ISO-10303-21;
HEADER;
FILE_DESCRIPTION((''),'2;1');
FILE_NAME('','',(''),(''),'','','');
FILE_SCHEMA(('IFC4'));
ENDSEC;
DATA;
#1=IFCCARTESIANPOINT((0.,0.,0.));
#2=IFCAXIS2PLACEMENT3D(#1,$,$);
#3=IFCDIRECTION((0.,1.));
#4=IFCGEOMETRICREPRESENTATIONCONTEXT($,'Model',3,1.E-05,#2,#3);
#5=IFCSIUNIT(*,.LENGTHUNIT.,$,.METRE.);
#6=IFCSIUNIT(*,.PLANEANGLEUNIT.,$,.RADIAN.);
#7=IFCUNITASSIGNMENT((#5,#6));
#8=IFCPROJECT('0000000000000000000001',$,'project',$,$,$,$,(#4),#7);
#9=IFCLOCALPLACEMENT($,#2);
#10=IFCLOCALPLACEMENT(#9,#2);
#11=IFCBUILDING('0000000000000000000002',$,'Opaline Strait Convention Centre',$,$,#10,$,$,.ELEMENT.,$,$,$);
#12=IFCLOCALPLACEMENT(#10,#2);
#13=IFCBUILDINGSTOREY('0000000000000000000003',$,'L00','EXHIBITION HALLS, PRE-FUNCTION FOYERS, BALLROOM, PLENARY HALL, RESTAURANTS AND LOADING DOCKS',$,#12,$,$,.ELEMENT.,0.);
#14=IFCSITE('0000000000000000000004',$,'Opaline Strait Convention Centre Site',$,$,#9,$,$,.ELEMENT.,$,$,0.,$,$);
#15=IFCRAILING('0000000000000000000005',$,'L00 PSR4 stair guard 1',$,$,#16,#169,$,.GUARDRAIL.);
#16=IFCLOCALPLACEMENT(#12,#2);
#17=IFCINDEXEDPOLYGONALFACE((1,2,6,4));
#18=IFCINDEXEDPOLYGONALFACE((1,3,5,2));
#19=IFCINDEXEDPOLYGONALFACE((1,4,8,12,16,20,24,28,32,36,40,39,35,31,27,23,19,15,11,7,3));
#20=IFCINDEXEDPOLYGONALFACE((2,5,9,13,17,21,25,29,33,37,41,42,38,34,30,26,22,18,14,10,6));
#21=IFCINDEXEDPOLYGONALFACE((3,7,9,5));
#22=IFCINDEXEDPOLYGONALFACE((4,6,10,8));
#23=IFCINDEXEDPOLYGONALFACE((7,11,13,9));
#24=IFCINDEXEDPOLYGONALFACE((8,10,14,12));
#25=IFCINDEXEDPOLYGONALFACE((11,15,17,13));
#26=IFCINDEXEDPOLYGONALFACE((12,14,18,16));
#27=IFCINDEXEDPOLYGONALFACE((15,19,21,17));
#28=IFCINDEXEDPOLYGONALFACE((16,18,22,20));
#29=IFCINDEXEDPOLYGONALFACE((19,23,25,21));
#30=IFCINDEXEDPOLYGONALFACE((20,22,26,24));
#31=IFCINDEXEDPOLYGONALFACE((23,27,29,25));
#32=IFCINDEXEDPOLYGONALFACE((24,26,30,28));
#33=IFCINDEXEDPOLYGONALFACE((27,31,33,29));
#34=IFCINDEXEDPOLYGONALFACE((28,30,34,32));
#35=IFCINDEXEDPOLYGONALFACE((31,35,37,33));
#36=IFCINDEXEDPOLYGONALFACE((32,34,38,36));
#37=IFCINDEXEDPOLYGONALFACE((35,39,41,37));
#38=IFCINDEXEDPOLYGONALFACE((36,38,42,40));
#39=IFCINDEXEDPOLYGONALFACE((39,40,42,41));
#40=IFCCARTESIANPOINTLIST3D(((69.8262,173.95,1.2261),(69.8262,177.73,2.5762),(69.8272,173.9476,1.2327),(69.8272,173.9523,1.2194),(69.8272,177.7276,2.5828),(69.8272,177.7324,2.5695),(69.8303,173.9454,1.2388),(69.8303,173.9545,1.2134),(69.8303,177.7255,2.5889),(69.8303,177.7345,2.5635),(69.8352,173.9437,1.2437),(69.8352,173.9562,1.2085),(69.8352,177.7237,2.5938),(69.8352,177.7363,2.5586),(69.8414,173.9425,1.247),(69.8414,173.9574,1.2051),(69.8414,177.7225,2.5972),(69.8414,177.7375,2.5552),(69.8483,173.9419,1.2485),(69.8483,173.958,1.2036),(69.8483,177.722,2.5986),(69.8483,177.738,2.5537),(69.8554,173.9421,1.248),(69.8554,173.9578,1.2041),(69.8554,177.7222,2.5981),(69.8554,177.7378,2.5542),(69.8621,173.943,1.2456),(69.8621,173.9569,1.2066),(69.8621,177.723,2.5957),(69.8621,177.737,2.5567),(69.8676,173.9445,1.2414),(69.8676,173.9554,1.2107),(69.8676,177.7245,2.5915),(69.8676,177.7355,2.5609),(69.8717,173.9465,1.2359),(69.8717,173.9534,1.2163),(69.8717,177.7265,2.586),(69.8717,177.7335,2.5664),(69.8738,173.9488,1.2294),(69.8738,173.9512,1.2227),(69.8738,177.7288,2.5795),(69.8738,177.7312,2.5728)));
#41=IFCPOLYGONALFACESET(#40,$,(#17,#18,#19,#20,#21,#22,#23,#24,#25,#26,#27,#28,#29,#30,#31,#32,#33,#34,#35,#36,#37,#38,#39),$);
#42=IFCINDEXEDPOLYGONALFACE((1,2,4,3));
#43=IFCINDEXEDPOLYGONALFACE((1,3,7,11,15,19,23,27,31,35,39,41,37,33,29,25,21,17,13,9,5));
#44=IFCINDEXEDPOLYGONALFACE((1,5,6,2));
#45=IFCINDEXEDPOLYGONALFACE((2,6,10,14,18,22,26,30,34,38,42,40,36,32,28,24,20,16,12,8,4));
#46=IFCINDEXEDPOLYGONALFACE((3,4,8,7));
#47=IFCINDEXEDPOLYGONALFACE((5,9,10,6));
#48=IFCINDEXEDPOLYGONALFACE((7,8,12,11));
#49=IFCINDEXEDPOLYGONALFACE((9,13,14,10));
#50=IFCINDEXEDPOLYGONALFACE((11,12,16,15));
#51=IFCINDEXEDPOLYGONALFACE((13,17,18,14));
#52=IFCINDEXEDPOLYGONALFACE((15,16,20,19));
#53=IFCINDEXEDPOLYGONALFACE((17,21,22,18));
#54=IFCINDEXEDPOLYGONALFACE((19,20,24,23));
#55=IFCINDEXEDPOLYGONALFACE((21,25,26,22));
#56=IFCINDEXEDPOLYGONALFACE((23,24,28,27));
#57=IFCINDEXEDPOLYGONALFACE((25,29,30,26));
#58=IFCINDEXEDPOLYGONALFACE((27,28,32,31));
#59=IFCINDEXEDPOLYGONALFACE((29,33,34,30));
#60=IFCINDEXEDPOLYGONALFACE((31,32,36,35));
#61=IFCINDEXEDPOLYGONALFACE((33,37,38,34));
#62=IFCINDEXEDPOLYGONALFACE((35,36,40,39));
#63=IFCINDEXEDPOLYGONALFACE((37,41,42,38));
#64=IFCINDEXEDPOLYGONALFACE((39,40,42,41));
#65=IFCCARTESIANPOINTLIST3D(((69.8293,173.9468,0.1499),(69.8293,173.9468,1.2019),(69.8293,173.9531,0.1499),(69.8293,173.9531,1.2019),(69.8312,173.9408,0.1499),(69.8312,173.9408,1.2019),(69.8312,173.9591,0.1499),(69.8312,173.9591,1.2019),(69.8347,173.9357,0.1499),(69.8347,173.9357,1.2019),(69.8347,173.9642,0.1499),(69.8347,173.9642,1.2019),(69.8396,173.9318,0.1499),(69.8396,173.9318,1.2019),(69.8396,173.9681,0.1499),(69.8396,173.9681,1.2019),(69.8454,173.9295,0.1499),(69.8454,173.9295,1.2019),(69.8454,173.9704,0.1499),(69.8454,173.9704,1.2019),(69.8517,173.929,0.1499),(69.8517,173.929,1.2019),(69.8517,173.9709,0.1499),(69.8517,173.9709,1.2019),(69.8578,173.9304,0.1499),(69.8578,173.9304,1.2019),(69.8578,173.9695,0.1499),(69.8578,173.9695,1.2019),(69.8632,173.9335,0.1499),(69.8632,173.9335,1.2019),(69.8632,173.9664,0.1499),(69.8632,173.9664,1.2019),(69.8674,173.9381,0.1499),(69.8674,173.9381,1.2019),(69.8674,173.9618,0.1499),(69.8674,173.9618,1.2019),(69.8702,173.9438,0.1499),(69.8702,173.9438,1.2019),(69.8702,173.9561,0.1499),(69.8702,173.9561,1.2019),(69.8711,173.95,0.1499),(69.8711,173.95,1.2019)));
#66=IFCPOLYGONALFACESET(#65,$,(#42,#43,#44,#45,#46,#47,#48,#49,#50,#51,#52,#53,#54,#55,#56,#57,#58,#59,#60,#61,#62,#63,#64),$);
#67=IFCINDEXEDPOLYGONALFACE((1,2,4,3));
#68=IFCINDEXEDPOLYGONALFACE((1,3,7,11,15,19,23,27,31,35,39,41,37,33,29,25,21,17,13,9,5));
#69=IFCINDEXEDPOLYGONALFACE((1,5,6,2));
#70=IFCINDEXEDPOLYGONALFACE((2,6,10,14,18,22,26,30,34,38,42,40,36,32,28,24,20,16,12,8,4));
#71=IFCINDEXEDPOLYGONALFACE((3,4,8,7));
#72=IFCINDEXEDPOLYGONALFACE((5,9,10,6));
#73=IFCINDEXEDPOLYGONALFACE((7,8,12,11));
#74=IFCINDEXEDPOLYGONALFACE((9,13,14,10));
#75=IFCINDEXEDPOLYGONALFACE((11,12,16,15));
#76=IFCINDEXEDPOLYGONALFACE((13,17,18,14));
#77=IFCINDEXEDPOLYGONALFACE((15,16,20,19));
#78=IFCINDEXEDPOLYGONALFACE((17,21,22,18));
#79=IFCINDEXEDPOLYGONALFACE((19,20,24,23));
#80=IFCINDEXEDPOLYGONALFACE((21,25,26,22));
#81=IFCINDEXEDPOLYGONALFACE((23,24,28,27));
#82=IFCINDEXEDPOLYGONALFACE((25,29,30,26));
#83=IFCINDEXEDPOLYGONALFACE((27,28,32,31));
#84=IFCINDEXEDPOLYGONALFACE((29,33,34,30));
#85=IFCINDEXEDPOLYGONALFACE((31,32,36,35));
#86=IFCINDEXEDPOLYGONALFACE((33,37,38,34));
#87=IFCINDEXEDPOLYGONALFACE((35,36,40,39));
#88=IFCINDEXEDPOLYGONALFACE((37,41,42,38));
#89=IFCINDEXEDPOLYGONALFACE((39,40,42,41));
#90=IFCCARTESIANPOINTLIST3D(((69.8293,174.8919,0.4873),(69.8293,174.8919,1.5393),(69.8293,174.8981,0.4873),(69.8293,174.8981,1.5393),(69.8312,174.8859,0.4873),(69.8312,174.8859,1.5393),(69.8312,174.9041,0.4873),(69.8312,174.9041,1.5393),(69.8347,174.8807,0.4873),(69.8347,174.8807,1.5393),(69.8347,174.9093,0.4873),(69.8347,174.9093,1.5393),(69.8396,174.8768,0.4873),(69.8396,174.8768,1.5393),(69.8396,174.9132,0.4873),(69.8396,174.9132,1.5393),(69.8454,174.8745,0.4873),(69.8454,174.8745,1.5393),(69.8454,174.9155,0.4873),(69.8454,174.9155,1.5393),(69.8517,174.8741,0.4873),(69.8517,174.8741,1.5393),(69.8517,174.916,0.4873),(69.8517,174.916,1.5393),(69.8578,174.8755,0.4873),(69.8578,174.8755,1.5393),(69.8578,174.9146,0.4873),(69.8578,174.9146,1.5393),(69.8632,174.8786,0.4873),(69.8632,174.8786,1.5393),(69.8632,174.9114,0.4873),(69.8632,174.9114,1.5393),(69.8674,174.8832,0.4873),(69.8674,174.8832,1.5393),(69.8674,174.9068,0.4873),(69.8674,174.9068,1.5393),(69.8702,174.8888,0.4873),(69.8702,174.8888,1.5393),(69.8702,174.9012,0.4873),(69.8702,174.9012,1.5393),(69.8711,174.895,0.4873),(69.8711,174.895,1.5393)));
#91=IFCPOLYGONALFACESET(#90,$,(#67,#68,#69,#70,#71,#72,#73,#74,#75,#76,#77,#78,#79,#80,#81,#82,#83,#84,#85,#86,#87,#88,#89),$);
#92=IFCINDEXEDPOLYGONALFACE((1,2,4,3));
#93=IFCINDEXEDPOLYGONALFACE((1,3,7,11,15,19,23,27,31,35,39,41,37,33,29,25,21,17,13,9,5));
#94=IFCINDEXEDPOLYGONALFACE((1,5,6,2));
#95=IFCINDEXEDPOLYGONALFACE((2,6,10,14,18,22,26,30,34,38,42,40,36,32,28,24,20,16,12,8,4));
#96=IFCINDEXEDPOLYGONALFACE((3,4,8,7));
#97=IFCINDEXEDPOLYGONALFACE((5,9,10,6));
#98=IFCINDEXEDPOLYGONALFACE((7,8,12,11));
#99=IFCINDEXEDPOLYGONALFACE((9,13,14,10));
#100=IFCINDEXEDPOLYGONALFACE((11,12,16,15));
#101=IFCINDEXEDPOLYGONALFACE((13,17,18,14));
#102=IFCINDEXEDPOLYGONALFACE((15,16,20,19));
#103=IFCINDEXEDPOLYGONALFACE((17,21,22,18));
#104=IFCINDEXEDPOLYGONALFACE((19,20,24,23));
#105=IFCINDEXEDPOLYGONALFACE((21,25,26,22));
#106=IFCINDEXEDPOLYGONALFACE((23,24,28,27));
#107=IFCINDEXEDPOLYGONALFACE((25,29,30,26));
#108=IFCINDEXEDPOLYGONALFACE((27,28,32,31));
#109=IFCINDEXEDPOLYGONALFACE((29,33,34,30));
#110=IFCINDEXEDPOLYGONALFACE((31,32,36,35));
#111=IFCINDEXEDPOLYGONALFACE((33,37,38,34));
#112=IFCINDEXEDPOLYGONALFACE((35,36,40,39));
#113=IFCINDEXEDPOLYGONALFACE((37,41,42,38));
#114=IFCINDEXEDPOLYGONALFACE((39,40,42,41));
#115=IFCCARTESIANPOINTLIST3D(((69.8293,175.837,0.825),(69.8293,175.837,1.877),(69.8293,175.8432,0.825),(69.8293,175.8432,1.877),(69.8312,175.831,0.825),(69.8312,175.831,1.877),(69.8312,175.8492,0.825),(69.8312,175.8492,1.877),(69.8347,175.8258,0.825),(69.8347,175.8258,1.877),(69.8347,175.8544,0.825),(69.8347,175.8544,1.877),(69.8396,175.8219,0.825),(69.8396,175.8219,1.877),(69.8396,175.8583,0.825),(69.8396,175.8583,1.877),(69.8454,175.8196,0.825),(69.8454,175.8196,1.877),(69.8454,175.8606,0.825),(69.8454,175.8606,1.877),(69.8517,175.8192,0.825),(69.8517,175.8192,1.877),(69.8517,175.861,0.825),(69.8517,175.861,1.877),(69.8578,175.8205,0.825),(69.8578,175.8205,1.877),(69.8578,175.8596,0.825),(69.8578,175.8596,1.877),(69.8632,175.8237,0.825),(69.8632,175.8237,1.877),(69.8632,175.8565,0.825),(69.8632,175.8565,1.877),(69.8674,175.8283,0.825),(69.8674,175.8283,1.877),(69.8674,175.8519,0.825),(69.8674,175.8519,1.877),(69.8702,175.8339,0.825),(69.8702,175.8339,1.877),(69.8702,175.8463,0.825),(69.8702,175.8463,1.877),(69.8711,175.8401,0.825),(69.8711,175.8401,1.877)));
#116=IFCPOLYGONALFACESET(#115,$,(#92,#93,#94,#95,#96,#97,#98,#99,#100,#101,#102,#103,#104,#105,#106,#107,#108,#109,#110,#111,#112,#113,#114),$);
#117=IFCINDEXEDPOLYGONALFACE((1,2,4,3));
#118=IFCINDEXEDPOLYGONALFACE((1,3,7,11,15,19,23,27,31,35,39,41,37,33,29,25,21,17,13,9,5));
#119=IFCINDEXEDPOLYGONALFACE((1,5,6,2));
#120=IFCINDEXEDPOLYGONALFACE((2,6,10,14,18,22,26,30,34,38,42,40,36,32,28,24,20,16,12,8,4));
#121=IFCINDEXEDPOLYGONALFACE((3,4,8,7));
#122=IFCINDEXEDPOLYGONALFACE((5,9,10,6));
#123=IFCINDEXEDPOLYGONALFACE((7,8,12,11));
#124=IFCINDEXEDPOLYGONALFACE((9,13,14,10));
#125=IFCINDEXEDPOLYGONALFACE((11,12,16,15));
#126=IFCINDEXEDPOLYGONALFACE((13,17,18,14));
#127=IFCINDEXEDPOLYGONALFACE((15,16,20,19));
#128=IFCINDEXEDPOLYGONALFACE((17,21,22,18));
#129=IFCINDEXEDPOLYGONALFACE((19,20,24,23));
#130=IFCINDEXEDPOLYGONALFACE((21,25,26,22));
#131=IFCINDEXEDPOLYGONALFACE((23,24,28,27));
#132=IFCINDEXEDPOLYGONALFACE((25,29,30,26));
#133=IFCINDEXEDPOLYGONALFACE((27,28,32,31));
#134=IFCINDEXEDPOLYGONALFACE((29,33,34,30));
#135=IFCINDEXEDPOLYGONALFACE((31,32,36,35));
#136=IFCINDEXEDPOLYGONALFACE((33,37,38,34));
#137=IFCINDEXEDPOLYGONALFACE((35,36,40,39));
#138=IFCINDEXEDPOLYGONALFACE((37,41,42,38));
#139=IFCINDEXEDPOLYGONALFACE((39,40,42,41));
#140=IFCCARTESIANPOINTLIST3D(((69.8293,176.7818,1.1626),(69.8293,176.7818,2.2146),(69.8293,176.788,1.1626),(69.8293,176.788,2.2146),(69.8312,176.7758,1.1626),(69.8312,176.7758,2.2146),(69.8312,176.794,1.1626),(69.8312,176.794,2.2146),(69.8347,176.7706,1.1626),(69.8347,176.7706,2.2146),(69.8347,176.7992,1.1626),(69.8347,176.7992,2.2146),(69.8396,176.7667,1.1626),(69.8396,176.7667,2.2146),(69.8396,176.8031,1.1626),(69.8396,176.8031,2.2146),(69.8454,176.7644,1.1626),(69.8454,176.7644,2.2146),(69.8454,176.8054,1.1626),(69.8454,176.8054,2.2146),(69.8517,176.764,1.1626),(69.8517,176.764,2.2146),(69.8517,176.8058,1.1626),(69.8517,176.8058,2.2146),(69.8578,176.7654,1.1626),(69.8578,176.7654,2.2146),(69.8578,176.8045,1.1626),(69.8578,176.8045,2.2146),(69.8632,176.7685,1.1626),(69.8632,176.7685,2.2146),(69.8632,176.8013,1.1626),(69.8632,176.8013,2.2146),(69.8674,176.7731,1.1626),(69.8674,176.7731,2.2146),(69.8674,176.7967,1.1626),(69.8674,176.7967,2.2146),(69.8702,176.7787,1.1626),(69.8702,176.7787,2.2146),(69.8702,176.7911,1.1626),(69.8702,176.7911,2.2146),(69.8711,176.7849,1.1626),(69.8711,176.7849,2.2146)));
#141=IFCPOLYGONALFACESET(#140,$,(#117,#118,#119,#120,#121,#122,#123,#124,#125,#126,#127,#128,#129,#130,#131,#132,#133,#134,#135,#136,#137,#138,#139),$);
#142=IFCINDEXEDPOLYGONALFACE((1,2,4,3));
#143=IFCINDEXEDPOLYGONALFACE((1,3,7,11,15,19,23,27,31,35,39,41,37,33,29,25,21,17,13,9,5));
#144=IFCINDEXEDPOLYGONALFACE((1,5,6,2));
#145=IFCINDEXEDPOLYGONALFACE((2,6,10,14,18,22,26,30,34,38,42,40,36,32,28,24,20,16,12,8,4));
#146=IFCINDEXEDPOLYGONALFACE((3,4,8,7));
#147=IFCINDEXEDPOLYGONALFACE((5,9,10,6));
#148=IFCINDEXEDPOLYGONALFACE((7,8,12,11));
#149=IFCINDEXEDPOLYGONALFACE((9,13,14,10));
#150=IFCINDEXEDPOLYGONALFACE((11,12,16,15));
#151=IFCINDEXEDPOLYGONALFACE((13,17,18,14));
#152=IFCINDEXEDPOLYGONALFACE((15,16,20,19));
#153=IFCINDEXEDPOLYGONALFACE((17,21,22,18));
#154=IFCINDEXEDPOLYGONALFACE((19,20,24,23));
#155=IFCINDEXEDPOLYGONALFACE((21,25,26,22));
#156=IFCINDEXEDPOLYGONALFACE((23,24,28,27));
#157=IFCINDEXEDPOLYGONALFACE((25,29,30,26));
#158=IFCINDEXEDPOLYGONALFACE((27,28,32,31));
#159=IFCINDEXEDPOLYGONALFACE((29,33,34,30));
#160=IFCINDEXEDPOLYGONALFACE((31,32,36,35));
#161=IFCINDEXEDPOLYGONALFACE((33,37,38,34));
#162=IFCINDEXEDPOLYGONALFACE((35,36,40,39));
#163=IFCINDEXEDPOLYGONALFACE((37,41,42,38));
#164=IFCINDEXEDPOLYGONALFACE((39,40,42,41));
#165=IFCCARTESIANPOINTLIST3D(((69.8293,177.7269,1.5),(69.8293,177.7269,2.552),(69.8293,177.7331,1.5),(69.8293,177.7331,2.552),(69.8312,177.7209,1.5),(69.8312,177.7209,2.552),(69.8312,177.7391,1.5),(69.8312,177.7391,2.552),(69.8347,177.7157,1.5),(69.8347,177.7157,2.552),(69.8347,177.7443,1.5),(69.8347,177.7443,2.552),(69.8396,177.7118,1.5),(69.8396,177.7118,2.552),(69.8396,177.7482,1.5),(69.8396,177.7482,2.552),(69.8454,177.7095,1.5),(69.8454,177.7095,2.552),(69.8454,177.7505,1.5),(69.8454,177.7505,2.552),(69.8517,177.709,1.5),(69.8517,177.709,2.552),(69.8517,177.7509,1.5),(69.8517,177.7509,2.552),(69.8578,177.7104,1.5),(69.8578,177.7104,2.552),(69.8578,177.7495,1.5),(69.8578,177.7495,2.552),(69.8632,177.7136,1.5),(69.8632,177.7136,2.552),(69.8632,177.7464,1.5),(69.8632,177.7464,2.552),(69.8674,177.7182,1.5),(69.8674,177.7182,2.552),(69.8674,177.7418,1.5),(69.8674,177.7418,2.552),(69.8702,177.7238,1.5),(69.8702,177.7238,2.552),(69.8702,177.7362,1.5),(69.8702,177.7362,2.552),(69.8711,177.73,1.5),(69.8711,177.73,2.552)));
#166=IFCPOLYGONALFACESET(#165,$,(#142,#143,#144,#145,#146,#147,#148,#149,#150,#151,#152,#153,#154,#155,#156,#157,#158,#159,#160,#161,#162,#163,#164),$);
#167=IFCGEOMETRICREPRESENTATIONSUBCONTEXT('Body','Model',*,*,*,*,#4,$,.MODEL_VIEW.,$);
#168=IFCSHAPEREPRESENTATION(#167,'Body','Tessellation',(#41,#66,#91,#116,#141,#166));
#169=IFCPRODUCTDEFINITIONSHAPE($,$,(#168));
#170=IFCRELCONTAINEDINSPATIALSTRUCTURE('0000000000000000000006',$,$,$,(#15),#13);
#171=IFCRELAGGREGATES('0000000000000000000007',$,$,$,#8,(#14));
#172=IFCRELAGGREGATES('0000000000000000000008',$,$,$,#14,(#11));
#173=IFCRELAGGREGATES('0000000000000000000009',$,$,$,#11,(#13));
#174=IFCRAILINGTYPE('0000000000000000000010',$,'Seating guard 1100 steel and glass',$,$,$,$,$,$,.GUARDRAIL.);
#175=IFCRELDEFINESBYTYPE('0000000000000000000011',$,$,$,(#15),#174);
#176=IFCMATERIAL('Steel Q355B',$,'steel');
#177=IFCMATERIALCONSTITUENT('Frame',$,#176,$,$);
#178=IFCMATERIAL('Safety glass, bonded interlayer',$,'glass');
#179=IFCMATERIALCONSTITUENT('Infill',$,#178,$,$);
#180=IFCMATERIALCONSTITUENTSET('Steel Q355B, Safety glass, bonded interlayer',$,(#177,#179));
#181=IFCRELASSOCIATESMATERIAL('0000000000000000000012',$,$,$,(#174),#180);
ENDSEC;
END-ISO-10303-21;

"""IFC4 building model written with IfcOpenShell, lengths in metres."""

from ifc_helpers import new_model, si_unit, direction, frame, origin, origin_2d, place, context, subcontext, project, spatial, circle, extrude, material, constituent, constituent_set, type_object, element, save


model = new_model("IFC4")

# Units and contexts
model_context = context("Model", 3, precision=1e-05, world=origin(), true_north=direction((0.0, 1.0)))
body_context = subcontext(model_context, "Body", "Model", "MODEL_VIEW")
ifc_project = project(units=[si_unit("LENGTHUNIT", "METRE"), si_unit("PLANEANGLEUNIT", "RADIAN")], contexts=[model_context])

# Site, building, storey
site_placement = place(None, origin())
site = spatial("IfcSite", under=ifc_project, at=site_placement, Name="Opaline Strait Convention Centre Site", CompositionType="ELEMENT", RefElevation=0.0)
building_placement = place(site_placement, origin())
building = spatial("IfcBuilding", under=site, at=building_placement, Name="Opaline Strait Convention Centre", CompositionType="ELEMENT")
storey_placement = place(building_placement, origin())
storey = spatial("IfcBuildingStorey", under=building, at=storey_placement, Name="L00", Description="EXHIBITION HALLS, PRE-FUNCTION FOYERS, BALLROOM, PLENARY HALL, RESTAURANTS AND LOADING DOCKS", CompositionType="ELEMENT", Elevation=0.0)

# Railing
ifc_material_1 = material(Name="Steel Q355B", Category="steel")
ifc_constituent_1 = constituent(ifc_material_1, Name="Frame")
ifc_material_2 = material(Name="Safety glass, bonded interlayer", Category="glass")
ifc_constituent_2 = constituent(ifc_material_2, Name="Infill")
ifc_constituent_set = constituent_set(constituents=[ifc_constituent_1, ifc_constituent_2], Name="Steel Q355B, Safety glass, bonded interlayer")
railing_type_1 = type_object("IfcRailingType", Name="Seating guard 1100 steel and glass", PredefinedType="GUARDRAIL", material=ifc_constituent_set)
railing_1_placement = place(storey_placement, frame((69.8501, 173.95, 0.1499)))
element("IfcRailing", 1, at=railing_1_placement, inside=storey, type_object=railing_type_1, Name="L00 PSR4 stair guard 1", PredefinedType="GUARDRAIL", context=body_context, shape_type="SweptSolid", body=[
    extrude(circle(Radius=0.0239, at=origin_2d()), frame((0.0, 0.0, 1.0762), z_axis=(0.0, 0.941735, 0.336356), x_axis=(-1.0, 0.0, 0.0)), (0.0, 0.0, 1.0), 4.0139),
    extrude(circle(Radius=0.021, at=origin_2d()), origin(), (0.0, 0.0, 1.0), 1.052),
    extrude(circle(Radius=0.021, at=origin_2d()), frame((0.0, 0.9451, 0.3374)), (0.0, 0.0, 1.0), 1.052),
    extrude(circle(Radius=0.021, at=origin_2d()), frame((0.0, 1.8901, 0.675)), (0.0, 0.0, 1.0), 1.052),
    extrude(circle(Radius=0.021, at=origin_2d()), frame((0.0, 2.835, 1.0127)), (0.0, 0.0, 1.0), 1.052),
    extrude(circle(Radius=0.021, at=origin_2d()), frame((0.0, 3.78, 1.3501)), (0.0, 0.0, 1.0), 1.052),
])

save(model, "model.ifc")
